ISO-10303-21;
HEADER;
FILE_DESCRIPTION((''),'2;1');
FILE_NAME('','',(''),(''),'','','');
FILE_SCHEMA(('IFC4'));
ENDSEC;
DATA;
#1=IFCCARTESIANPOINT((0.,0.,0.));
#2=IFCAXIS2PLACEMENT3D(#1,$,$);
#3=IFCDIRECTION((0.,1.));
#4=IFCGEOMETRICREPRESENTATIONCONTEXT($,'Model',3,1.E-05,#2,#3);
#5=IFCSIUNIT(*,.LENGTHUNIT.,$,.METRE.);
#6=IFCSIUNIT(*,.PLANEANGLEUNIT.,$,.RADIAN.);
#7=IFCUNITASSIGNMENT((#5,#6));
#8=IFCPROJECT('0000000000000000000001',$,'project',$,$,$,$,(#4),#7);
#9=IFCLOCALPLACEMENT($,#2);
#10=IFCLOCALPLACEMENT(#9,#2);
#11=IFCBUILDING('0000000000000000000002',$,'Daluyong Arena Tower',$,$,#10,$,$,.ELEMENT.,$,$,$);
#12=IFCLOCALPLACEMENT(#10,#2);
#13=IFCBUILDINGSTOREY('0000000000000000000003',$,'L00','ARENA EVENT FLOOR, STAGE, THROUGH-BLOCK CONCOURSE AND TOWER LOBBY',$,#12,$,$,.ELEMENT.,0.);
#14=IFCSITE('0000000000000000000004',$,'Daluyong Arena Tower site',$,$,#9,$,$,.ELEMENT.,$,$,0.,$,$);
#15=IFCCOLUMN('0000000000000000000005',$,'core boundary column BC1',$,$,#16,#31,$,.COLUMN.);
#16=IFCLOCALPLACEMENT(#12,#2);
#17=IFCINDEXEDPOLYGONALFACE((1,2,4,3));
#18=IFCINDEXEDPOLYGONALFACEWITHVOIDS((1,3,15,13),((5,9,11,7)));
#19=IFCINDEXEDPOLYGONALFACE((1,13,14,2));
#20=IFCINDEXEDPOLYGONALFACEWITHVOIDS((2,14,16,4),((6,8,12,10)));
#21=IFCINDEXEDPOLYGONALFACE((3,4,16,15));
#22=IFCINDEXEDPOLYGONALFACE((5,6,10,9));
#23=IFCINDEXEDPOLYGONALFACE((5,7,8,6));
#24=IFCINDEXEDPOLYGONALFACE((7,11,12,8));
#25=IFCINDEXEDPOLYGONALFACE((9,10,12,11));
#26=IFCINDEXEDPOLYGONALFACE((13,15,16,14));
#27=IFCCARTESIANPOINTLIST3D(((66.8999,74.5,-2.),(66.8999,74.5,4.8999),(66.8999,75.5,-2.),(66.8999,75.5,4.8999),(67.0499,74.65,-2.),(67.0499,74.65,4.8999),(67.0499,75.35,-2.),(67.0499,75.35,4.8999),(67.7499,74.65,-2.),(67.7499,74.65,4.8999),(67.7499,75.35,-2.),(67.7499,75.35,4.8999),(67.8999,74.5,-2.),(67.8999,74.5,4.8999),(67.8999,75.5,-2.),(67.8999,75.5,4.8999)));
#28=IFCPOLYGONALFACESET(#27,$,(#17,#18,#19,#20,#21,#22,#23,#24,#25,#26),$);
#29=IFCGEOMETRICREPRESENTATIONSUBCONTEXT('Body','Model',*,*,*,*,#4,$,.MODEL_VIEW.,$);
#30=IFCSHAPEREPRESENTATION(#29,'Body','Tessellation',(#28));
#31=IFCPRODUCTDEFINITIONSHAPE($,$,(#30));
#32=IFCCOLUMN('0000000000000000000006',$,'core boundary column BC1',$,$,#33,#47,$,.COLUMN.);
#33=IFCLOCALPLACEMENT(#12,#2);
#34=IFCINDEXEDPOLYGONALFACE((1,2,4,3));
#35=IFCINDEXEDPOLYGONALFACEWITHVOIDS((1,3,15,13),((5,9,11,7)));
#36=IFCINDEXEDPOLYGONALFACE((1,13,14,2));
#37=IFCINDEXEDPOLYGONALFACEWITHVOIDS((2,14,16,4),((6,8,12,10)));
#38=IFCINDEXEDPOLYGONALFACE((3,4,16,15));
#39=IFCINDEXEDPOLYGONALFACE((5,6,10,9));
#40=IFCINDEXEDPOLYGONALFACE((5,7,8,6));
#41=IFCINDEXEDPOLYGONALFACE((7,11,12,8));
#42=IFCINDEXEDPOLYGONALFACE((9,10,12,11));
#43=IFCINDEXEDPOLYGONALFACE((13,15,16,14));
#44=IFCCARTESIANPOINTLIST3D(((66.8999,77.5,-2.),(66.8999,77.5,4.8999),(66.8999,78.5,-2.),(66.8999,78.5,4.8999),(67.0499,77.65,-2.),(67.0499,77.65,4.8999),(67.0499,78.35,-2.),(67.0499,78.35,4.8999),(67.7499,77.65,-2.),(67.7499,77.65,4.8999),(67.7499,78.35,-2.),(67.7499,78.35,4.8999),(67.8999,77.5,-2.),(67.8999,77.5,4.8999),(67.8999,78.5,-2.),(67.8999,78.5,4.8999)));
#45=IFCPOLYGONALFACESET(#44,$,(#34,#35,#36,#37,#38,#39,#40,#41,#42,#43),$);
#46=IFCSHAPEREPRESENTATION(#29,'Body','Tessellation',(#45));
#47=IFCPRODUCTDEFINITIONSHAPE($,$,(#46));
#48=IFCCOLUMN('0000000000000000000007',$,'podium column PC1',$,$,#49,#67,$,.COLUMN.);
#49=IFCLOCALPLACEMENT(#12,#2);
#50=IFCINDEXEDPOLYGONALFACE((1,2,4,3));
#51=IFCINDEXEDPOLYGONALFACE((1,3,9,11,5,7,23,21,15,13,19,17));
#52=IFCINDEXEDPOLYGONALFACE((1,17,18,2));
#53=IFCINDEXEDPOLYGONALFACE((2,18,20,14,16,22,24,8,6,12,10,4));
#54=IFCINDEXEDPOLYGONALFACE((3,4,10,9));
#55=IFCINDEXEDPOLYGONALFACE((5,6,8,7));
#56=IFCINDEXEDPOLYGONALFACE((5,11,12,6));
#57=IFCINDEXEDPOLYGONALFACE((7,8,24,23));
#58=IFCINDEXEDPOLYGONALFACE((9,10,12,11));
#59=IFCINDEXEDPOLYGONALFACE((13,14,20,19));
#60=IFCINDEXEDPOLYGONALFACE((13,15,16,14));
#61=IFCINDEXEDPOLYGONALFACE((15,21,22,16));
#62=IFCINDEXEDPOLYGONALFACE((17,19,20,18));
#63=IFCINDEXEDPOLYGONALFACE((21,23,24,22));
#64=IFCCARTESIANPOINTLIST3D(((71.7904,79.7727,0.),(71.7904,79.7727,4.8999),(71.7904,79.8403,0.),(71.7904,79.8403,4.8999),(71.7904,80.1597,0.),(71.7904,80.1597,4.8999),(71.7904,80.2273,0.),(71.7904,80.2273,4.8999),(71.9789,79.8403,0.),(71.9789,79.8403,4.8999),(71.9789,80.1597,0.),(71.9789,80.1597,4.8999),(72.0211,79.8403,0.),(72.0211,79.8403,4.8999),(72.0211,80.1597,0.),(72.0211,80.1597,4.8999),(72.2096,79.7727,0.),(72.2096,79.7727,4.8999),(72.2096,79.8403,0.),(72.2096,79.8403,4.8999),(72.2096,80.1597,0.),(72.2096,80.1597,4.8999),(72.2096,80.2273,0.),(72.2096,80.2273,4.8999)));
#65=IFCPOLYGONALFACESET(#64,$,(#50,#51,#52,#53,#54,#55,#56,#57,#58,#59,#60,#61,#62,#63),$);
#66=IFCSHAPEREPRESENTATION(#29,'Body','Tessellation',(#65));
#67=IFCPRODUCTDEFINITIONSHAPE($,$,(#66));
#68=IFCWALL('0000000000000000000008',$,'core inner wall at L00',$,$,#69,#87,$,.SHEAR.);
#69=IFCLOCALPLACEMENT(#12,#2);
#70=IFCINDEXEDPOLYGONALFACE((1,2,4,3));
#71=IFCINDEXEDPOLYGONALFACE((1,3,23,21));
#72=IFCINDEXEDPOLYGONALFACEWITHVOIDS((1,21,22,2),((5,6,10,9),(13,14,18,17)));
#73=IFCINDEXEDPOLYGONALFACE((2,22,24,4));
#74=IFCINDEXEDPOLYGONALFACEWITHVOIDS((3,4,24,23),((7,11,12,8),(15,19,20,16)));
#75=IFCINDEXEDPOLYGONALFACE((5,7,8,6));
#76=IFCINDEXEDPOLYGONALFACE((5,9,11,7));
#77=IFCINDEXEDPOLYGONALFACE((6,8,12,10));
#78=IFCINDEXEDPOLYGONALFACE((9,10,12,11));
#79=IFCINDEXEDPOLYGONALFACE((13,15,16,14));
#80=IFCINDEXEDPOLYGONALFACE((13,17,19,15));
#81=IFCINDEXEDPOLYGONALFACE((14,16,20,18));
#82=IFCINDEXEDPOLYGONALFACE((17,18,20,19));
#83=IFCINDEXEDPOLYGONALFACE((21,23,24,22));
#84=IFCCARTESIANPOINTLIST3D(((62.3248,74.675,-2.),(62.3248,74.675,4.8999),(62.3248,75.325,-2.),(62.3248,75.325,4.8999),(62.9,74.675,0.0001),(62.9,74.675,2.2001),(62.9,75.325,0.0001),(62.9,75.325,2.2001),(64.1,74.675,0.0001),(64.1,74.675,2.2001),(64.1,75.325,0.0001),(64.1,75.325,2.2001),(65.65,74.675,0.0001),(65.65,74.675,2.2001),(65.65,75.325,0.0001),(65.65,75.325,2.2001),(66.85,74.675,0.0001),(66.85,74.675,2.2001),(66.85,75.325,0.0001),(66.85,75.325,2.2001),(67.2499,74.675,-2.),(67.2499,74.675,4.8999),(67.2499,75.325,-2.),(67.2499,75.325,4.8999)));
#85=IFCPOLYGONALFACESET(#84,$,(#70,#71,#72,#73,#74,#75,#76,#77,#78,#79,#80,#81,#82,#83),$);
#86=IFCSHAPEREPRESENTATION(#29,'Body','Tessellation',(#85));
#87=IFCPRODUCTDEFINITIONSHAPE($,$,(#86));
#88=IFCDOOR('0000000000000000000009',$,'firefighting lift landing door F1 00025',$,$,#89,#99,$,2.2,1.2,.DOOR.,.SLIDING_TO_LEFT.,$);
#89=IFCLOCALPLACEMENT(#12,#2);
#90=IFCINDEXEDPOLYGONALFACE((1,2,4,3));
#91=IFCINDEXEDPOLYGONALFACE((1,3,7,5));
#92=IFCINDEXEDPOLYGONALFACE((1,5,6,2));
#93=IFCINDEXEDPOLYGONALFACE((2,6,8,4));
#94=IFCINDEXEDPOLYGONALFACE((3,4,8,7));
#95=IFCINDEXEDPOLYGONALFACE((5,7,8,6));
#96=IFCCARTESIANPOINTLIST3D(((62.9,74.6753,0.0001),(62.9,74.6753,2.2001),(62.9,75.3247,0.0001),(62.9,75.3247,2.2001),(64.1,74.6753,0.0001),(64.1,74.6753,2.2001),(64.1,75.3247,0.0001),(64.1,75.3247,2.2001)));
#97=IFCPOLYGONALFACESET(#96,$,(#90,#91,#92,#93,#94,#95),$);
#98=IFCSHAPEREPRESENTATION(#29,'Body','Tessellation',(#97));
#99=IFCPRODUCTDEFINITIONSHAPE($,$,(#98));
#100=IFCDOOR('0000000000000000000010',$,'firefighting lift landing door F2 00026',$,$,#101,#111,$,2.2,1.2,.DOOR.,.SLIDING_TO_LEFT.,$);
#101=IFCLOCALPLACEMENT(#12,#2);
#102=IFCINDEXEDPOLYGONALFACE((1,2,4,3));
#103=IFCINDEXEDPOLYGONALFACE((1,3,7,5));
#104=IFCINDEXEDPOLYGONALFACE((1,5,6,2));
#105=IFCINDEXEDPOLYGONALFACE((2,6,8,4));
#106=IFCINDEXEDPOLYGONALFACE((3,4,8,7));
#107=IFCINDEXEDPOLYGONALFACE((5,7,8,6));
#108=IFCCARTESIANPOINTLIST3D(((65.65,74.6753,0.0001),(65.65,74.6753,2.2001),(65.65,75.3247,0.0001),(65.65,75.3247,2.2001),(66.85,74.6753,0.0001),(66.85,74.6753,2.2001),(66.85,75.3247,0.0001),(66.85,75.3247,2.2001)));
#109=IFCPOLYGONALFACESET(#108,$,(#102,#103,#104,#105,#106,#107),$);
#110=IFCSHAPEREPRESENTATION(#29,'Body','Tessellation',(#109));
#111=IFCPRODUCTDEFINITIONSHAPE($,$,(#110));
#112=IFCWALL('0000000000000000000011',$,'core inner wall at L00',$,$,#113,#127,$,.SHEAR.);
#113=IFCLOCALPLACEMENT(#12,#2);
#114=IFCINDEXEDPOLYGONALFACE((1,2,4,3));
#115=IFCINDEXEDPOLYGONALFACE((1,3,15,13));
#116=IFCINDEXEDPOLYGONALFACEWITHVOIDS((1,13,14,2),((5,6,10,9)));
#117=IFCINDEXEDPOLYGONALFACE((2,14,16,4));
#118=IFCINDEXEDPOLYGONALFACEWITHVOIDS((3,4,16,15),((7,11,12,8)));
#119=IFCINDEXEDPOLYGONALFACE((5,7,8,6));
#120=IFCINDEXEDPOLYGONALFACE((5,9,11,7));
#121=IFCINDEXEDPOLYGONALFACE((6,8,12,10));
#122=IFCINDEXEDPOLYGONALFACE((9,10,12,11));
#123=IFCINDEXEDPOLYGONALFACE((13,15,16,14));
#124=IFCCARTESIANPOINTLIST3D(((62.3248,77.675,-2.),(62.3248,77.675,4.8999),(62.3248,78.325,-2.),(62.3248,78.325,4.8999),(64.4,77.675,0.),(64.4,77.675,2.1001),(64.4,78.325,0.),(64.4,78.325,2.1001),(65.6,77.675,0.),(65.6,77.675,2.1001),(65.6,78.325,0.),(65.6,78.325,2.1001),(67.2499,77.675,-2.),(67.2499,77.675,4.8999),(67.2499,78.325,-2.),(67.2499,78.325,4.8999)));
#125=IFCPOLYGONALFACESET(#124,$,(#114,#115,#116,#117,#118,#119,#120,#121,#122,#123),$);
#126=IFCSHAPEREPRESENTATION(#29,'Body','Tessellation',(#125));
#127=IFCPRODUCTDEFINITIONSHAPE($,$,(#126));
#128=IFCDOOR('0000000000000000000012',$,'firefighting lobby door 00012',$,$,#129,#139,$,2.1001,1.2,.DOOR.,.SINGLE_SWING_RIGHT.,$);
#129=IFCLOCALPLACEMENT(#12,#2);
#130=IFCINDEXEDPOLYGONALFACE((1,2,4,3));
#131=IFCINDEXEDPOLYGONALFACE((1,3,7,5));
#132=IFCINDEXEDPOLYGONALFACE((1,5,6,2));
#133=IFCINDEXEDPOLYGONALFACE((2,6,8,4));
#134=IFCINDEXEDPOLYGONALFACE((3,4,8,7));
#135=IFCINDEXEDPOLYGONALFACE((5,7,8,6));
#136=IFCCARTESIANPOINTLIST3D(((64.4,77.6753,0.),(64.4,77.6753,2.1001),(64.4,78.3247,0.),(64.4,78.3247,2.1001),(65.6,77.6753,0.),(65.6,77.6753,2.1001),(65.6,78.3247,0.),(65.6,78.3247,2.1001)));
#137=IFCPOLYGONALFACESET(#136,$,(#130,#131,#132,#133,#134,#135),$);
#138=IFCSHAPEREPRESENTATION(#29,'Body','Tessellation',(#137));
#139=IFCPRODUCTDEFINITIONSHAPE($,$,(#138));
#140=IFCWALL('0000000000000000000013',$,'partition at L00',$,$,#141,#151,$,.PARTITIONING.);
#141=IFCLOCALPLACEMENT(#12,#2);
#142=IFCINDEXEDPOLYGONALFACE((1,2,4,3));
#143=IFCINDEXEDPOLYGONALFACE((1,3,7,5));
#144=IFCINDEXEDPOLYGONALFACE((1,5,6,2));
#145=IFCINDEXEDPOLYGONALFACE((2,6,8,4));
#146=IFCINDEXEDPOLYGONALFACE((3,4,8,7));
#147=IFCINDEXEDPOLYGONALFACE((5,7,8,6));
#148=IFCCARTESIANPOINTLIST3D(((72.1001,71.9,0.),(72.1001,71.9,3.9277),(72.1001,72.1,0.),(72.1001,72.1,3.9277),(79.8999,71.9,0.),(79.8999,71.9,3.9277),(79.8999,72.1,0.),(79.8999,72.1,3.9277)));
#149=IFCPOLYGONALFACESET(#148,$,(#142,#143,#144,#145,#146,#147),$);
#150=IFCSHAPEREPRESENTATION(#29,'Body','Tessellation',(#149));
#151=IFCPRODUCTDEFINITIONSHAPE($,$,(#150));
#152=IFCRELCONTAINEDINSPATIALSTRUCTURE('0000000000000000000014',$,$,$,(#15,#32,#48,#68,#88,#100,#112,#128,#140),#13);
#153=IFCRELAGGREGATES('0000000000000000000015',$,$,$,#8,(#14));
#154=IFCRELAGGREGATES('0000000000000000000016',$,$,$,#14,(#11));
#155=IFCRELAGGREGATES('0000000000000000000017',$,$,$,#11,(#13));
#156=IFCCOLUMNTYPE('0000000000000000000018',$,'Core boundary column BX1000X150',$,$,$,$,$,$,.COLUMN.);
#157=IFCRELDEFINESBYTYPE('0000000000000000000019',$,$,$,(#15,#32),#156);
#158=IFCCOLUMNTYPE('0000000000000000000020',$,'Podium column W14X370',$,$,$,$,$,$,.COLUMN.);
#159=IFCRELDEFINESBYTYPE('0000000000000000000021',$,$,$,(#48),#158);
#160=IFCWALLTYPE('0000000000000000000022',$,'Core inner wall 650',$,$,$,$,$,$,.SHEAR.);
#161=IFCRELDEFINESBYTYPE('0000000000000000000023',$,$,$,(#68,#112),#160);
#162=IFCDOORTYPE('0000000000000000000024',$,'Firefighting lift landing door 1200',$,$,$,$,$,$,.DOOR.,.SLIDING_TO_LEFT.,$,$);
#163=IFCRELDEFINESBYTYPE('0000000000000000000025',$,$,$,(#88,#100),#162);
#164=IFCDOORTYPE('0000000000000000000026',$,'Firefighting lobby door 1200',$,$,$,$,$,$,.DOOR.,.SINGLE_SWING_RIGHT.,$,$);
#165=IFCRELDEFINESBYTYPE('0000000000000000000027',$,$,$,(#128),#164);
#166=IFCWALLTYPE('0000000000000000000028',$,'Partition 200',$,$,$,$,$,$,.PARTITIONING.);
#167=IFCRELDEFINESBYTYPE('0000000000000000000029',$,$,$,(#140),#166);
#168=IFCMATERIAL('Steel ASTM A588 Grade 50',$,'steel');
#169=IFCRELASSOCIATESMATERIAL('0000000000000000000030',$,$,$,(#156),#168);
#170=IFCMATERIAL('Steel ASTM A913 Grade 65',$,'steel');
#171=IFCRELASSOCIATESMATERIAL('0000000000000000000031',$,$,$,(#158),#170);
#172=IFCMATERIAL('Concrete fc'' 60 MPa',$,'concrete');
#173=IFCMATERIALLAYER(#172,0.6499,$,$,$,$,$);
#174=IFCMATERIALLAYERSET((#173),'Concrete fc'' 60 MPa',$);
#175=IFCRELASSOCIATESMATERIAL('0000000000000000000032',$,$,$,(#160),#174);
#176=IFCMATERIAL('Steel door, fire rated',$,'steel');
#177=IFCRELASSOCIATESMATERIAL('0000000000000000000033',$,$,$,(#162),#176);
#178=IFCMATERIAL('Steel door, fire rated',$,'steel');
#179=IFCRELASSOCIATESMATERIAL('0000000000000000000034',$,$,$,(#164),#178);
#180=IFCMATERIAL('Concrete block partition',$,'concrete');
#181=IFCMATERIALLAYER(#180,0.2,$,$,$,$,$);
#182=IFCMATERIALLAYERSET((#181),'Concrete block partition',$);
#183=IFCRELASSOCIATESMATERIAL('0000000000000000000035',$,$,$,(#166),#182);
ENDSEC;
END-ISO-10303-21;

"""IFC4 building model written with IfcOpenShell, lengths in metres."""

from ifc_helpers import new_model, si_unit, direction, frame, frame_2d, origin, origin_2d, place, context, subcontext, project, spatial, rectangle, hollow_rectangle, i_section, extrude, material, layer, layer_set, material_profile, profile_set, type_object, element, fill, save


model = new_model("IFC4")

# Units and contexts
model_context = context("Model", 3, precision=1e-05, world=origin(), true_north=direction((0.0, 1.0)))
body_context = subcontext(model_context, "Body", "Model", "MODEL_VIEW")
ifc_project = project(units=[si_unit("LENGTHUNIT", "METRE"), si_unit("PLANEANGLEUNIT", "RADIAN")], contexts=[model_context])

# Site, building, storey
site_placement = place(None, origin())
site = spatial("IfcSite", under=ifc_project, at=site_placement, Name="Daluyong Arena Tower site", CompositionType="ELEMENT", RefElevation=0.0)
building_placement = place(site_placement, origin())
building = spatial("IfcBuilding", under=site, at=building_placement, Name="Daluyong Arena Tower", CompositionType="ELEMENT")
storey_placement = place(building_placement, origin())
storey = spatial("IfcBuildingStorey", under=building, at=storey_placement, Name="L00", Description="ARENA EVENT FLOOR, STAGE, THROUGH-BLOCK CONCOURSE AND TOWER LOBBY", CompositionType="ELEMENT", Elevation=0.0)

# Columns
ifc_material_1 = material(Name="Steel ASTM A588 Grade 50", Category="steel")
ifc_material_profile_1 = material_profile(ifc_material_1, hollow_rectangle(XDim=1.0, YDim=1.0, WallThickness=0.15, at=origin_2d()))
ifc_profile_set_1 = profile_set([ifc_material_profile_1], Name="Steel ASTM A588 Grade 50")
column_type_1 = type_object("IfcColumnType", Name="Core boundary column BX1000X150", PredefinedType="COLUMN", material=ifc_profile_set_1)
for number, where, z_axis, x_axis, name in (
    (1, (67.3999, 75.0, -2.0), (0.0, 0.0, 1.0), (1.0, 0.0, 0.0), "core boundary column BC1"),
    (2, (67.3999, 78.0, -2.0), (0.0, 0.0, 1.0), (1.0, 0.0, 0.0), "core boundary column BC1"),
):
    element("IfcColumn", number, at=place(storey_placement, frame(where, z_axis=z_axis, x_axis=x_axis)), inside=storey, type_object=column_type_1, Name=name, PredefinedType="COLUMN", context=body_context, shape_type="SweptSolid", body=[
        extrude(hollow_rectangle(XDim=1.0, YDim=1.0, WallThickness=0.15, at=origin_2d()), origin(), (0.0, 0.0, 1.0), 6.8999),
    ])
ifc_material_2 = material(Name="Steel ASTM A913 Grade 65", Category="steel")
ifc_material_profile_2 = material_profile(ifc_material_2, i_section(OverallWidth=0.4192, OverallDepth=0.4546, WebThickness=0.0422, FlangeThickness=0.0676, at=origin_2d()))
ifc_profile_set_2 = profile_set([ifc_material_profile_2], Name="Steel ASTM A913 Grade 65")
column_type_2 = type_object("IfcColumnType", Name="Podium column W14X370", PredefinedType="COLUMN", material=ifc_profile_set_2)
column_placement = place(storey_placement, frame((72.0, 80.0, 0.0), z_axis=(0.0, 0.0, 1.0), x_axis=(1.0, 0.0, 0.0)))
element("IfcColumn", 3, at=column_placement, inside=storey, type_object=column_type_2, Name="podium column PC1", PredefinedType="COLUMN", context=body_context, shape_type="SweptSolid", body=[
    extrude(i_section(OverallWidth=0.4192, OverallDepth=0.4546, WebThickness=0.0422, FlangeThickness=0.0676, at=origin_2d()), origin(), (0.0, 0.0, 1.0), 4.8999),
])

# Wall, openings, doors
ifc_material_3 = material(Name="Concrete fc' 60 MPa", Category="concrete")
ifc_layer_1 = layer(ifc_material_3, 0.6499)
ifc_layer_set_1 = layer_set([ifc_layer_1], Name="Concrete fc' 60 MPa")
wall_type_1 = type_object("IfcWallType", Name="Core inner wall 650", PredefinedType="SHEAR", material=ifc_layer_set_1)
wall_1_placement = place(storey_placement, frame((62.325, 75.0, -2.0), z_axis=(0.0, 0.0, 1.0), x_axis=(1.0, 0.0, 0.0)))
wall_1 = element("IfcWall", 4, at=wall_1_placement, inside=storey, type_object=wall_type_1, Name="core inner wall at L00", PredefinedType="SHEAR", context=body_context, shape_type="SweptSolid", body=[
    extrude(rectangle(XDim=4.925, YDim=0.6499, at=frame_2d((2.4624, 0.0))), origin(), (0.0, 0.0, 1.0), 6.8999),
])
opening_1_placement = place(wall_1_placement, frame((0.575, 0.0, 2.0)))
opening_1 = element("IfcOpeningElement", 5, at=opening_1_placement, cuts=wall_1, PredefinedType="OPENING", context=body_context, shape_type="SweptSolid", body=[
    extrude(rectangle(XDim=1.2, YDim=2.2, at=frame_2d((0.6001, 1.1001))), frame((0.0, 0.335, 0.0), z_axis=(0.0, -1.0, 0.0), x_axis=(1.0, 0.0, 0.0)), (0.0, 0.0, 1.0), 0.6699),
])
opening_2_placement = place(wall_1_placement, frame((3.325, 0.0, 2.0)))
opening_2 = element("IfcOpeningElement", 6, at=opening_2_placement, cuts=wall_1, PredefinedType="OPENING", context=body_context, shape_type="SweptSolid", body=[
    extrude(rectangle(XDim=1.2, YDim=2.2, at=frame_2d((0.6001, 1.1001))), frame((0.0, 0.335, 0.0), z_axis=(0.0, -1.0, 0.0), x_axis=(1.0, 0.0, 0.0)), (0.0, 0.0, 1.0), 0.6699),
])
ifc_material_4 = material(Name="Steel door, fire rated", Category="steel")
door_type_1 = type_object("IfcDoorType", Name="Firefighting lift landing door 1200", OperationType="SLIDING_TO_LEFT", PredefinedType="DOOR", material=ifc_material_4)
door_1_placement = place(opening_1_placement, origin())
door_1 = element("IfcDoor", 7, at=door_1_placement, inside=storey, type_object=door_type_1, Name="firefighting lift landing door F1 00025", OperationType="SLIDING_TO_LEFT", OverallHeight=2.2, OverallWidth=1.2, PredefinedType="DOOR", context=body_context, shape_type="SweptSolid", body=[
    extrude(rectangle(XDim=1.2, YDim=2.2, at=frame_2d((0.6001, 1.1001))), frame((0.0, 0.3247, 0.0), z_axis=(0.0, -1.0, 0.0), x_axis=(1.0, 0.0, 0.0)), (0.0, 0.0, 1.0), 0.6494),
])
fill(opening_1, door_1)
door_2_placement = place(opening_2_placement, origin())
door_2 = element("IfcDoor", 8, at=door_2_placement, inside=storey, type_object=door_type_1, Name="firefighting lift landing door F2 00026", OperationType="SLIDING_TO_LEFT", OverallHeight=2.2, OverallWidth=1.2, PredefinedType="DOOR", context=body_context, shape_type="SweptSolid", body=[
    extrude(rectangle(XDim=1.2, YDim=2.2, at=frame_2d((0.6001, 1.1001))), frame((0.0, 0.3247, 0.0), z_axis=(0.0, -1.0, 0.0), x_axis=(1.0, 0.0, 0.0)), (0.0, 0.0, 1.0), 0.6494),
])
fill(opening_2, door_2)

# Wall, opening, door
wall_2_placement = place(storey_placement, frame((62.325, 78.0, -2.0), z_axis=(0.0, 0.0, 1.0), x_axis=(1.0, 0.0, 0.0)))
wall_2 = element("IfcWall", 9, at=wall_2_placement, inside=storey, type_object=wall_type_1, Name="core inner wall at L00", PredefinedType="SHEAR", context=body_context, shape_type="SweptSolid", body=[
    extrude(rectangle(XDim=4.925, YDim=0.6499, at=frame_2d((2.4624, 0.0))), origin(), (0.0, 0.0, 1.0), 6.8999),
])
opening_3_placement = place(wall_2_placement, frame((2.075, 0.0, 2.0)))
opening_3 = element("IfcOpeningElement", 10, at=opening_3_placement, cuts=wall_2, PredefinedType="OPENING", context=body_context, shape_type="SweptSolid", body=[
    extrude(rectangle(XDim=1.2, YDim=2.1001, at=frame_2d((0.6001, 1.05))), frame((0.0, 0.335, 0.0), z_axis=(0.0, -1.0, 0.0), x_axis=(1.0, 0.0, 0.0)), (0.0, 0.0, 1.0), 0.6699),
])
ifc_material_5 = material(Name="Steel door, fire rated", Category="steel")
door_type_2 = type_object("IfcDoorType", Name="Firefighting lobby door 1200", OperationType="SINGLE_SWING_RIGHT", PredefinedType="DOOR", material=ifc_material_5)
door_3_placement = place(opening_3_placement, origin())
door_3 = element("IfcDoor", 11, at=door_3_placement, inside=storey, type_object=door_type_2, Name="firefighting lobby door 00012", OperationType="SINGLE_SWING_RIGHT", OverallHeight=2.1001, OverallWidth=1.2, PredefinedType="DOOR", context=body_context, shape_type="SweptSolid", body=[
    extrude(rectangle(XDim=1.2, YDim=2.1001, at=frame_2d((0.6001, 1.05))), frame((0.0, 0.3247, 0.0), z_axis=(0.0, -1.0, 0.0), x_axis=(1.0, 0.0, 0.0)), (0.0, 0.0, 1.0), 0.6494),
])
fill(opening_3, door_3)

# Wall
ifc_material_6 = material(Name="Concrete block partition", Category="concrete")
ifc_layer_2 = layer(ifc_material_6, 0.2)
ifc_layer_set_2 = layer_set([ifc_layer_2], Name="Concrete block partition")
wall_type_2 = type_object("IfcWallType", Name="Partition 200", PredefinedType="PARTITIONING", material=ifc_layer_set_2)
wall_3_placement = place(storey_placement, frame((72.1001, 72.0, 0.0), z_axis=(0.0, 0.0, 1.0), x_axis=(1.0, 0.0, 0.0)))
element("IfcWall", 12, at=wall_3_placement, inside=storey, type_object=wall_type_2, Name="partition at L00", PredefinedType="PARTITIONING", context=body_context, shape_type="SweptSolid", body=[
    extrude(rectangle(XDim=7.7998, YDim=0.2, at=frame_2d((3.8999, 0.0))), origin(), (0.0, 0.0, 1.0), 3.9277),
])

save(model, "model.ifc")
